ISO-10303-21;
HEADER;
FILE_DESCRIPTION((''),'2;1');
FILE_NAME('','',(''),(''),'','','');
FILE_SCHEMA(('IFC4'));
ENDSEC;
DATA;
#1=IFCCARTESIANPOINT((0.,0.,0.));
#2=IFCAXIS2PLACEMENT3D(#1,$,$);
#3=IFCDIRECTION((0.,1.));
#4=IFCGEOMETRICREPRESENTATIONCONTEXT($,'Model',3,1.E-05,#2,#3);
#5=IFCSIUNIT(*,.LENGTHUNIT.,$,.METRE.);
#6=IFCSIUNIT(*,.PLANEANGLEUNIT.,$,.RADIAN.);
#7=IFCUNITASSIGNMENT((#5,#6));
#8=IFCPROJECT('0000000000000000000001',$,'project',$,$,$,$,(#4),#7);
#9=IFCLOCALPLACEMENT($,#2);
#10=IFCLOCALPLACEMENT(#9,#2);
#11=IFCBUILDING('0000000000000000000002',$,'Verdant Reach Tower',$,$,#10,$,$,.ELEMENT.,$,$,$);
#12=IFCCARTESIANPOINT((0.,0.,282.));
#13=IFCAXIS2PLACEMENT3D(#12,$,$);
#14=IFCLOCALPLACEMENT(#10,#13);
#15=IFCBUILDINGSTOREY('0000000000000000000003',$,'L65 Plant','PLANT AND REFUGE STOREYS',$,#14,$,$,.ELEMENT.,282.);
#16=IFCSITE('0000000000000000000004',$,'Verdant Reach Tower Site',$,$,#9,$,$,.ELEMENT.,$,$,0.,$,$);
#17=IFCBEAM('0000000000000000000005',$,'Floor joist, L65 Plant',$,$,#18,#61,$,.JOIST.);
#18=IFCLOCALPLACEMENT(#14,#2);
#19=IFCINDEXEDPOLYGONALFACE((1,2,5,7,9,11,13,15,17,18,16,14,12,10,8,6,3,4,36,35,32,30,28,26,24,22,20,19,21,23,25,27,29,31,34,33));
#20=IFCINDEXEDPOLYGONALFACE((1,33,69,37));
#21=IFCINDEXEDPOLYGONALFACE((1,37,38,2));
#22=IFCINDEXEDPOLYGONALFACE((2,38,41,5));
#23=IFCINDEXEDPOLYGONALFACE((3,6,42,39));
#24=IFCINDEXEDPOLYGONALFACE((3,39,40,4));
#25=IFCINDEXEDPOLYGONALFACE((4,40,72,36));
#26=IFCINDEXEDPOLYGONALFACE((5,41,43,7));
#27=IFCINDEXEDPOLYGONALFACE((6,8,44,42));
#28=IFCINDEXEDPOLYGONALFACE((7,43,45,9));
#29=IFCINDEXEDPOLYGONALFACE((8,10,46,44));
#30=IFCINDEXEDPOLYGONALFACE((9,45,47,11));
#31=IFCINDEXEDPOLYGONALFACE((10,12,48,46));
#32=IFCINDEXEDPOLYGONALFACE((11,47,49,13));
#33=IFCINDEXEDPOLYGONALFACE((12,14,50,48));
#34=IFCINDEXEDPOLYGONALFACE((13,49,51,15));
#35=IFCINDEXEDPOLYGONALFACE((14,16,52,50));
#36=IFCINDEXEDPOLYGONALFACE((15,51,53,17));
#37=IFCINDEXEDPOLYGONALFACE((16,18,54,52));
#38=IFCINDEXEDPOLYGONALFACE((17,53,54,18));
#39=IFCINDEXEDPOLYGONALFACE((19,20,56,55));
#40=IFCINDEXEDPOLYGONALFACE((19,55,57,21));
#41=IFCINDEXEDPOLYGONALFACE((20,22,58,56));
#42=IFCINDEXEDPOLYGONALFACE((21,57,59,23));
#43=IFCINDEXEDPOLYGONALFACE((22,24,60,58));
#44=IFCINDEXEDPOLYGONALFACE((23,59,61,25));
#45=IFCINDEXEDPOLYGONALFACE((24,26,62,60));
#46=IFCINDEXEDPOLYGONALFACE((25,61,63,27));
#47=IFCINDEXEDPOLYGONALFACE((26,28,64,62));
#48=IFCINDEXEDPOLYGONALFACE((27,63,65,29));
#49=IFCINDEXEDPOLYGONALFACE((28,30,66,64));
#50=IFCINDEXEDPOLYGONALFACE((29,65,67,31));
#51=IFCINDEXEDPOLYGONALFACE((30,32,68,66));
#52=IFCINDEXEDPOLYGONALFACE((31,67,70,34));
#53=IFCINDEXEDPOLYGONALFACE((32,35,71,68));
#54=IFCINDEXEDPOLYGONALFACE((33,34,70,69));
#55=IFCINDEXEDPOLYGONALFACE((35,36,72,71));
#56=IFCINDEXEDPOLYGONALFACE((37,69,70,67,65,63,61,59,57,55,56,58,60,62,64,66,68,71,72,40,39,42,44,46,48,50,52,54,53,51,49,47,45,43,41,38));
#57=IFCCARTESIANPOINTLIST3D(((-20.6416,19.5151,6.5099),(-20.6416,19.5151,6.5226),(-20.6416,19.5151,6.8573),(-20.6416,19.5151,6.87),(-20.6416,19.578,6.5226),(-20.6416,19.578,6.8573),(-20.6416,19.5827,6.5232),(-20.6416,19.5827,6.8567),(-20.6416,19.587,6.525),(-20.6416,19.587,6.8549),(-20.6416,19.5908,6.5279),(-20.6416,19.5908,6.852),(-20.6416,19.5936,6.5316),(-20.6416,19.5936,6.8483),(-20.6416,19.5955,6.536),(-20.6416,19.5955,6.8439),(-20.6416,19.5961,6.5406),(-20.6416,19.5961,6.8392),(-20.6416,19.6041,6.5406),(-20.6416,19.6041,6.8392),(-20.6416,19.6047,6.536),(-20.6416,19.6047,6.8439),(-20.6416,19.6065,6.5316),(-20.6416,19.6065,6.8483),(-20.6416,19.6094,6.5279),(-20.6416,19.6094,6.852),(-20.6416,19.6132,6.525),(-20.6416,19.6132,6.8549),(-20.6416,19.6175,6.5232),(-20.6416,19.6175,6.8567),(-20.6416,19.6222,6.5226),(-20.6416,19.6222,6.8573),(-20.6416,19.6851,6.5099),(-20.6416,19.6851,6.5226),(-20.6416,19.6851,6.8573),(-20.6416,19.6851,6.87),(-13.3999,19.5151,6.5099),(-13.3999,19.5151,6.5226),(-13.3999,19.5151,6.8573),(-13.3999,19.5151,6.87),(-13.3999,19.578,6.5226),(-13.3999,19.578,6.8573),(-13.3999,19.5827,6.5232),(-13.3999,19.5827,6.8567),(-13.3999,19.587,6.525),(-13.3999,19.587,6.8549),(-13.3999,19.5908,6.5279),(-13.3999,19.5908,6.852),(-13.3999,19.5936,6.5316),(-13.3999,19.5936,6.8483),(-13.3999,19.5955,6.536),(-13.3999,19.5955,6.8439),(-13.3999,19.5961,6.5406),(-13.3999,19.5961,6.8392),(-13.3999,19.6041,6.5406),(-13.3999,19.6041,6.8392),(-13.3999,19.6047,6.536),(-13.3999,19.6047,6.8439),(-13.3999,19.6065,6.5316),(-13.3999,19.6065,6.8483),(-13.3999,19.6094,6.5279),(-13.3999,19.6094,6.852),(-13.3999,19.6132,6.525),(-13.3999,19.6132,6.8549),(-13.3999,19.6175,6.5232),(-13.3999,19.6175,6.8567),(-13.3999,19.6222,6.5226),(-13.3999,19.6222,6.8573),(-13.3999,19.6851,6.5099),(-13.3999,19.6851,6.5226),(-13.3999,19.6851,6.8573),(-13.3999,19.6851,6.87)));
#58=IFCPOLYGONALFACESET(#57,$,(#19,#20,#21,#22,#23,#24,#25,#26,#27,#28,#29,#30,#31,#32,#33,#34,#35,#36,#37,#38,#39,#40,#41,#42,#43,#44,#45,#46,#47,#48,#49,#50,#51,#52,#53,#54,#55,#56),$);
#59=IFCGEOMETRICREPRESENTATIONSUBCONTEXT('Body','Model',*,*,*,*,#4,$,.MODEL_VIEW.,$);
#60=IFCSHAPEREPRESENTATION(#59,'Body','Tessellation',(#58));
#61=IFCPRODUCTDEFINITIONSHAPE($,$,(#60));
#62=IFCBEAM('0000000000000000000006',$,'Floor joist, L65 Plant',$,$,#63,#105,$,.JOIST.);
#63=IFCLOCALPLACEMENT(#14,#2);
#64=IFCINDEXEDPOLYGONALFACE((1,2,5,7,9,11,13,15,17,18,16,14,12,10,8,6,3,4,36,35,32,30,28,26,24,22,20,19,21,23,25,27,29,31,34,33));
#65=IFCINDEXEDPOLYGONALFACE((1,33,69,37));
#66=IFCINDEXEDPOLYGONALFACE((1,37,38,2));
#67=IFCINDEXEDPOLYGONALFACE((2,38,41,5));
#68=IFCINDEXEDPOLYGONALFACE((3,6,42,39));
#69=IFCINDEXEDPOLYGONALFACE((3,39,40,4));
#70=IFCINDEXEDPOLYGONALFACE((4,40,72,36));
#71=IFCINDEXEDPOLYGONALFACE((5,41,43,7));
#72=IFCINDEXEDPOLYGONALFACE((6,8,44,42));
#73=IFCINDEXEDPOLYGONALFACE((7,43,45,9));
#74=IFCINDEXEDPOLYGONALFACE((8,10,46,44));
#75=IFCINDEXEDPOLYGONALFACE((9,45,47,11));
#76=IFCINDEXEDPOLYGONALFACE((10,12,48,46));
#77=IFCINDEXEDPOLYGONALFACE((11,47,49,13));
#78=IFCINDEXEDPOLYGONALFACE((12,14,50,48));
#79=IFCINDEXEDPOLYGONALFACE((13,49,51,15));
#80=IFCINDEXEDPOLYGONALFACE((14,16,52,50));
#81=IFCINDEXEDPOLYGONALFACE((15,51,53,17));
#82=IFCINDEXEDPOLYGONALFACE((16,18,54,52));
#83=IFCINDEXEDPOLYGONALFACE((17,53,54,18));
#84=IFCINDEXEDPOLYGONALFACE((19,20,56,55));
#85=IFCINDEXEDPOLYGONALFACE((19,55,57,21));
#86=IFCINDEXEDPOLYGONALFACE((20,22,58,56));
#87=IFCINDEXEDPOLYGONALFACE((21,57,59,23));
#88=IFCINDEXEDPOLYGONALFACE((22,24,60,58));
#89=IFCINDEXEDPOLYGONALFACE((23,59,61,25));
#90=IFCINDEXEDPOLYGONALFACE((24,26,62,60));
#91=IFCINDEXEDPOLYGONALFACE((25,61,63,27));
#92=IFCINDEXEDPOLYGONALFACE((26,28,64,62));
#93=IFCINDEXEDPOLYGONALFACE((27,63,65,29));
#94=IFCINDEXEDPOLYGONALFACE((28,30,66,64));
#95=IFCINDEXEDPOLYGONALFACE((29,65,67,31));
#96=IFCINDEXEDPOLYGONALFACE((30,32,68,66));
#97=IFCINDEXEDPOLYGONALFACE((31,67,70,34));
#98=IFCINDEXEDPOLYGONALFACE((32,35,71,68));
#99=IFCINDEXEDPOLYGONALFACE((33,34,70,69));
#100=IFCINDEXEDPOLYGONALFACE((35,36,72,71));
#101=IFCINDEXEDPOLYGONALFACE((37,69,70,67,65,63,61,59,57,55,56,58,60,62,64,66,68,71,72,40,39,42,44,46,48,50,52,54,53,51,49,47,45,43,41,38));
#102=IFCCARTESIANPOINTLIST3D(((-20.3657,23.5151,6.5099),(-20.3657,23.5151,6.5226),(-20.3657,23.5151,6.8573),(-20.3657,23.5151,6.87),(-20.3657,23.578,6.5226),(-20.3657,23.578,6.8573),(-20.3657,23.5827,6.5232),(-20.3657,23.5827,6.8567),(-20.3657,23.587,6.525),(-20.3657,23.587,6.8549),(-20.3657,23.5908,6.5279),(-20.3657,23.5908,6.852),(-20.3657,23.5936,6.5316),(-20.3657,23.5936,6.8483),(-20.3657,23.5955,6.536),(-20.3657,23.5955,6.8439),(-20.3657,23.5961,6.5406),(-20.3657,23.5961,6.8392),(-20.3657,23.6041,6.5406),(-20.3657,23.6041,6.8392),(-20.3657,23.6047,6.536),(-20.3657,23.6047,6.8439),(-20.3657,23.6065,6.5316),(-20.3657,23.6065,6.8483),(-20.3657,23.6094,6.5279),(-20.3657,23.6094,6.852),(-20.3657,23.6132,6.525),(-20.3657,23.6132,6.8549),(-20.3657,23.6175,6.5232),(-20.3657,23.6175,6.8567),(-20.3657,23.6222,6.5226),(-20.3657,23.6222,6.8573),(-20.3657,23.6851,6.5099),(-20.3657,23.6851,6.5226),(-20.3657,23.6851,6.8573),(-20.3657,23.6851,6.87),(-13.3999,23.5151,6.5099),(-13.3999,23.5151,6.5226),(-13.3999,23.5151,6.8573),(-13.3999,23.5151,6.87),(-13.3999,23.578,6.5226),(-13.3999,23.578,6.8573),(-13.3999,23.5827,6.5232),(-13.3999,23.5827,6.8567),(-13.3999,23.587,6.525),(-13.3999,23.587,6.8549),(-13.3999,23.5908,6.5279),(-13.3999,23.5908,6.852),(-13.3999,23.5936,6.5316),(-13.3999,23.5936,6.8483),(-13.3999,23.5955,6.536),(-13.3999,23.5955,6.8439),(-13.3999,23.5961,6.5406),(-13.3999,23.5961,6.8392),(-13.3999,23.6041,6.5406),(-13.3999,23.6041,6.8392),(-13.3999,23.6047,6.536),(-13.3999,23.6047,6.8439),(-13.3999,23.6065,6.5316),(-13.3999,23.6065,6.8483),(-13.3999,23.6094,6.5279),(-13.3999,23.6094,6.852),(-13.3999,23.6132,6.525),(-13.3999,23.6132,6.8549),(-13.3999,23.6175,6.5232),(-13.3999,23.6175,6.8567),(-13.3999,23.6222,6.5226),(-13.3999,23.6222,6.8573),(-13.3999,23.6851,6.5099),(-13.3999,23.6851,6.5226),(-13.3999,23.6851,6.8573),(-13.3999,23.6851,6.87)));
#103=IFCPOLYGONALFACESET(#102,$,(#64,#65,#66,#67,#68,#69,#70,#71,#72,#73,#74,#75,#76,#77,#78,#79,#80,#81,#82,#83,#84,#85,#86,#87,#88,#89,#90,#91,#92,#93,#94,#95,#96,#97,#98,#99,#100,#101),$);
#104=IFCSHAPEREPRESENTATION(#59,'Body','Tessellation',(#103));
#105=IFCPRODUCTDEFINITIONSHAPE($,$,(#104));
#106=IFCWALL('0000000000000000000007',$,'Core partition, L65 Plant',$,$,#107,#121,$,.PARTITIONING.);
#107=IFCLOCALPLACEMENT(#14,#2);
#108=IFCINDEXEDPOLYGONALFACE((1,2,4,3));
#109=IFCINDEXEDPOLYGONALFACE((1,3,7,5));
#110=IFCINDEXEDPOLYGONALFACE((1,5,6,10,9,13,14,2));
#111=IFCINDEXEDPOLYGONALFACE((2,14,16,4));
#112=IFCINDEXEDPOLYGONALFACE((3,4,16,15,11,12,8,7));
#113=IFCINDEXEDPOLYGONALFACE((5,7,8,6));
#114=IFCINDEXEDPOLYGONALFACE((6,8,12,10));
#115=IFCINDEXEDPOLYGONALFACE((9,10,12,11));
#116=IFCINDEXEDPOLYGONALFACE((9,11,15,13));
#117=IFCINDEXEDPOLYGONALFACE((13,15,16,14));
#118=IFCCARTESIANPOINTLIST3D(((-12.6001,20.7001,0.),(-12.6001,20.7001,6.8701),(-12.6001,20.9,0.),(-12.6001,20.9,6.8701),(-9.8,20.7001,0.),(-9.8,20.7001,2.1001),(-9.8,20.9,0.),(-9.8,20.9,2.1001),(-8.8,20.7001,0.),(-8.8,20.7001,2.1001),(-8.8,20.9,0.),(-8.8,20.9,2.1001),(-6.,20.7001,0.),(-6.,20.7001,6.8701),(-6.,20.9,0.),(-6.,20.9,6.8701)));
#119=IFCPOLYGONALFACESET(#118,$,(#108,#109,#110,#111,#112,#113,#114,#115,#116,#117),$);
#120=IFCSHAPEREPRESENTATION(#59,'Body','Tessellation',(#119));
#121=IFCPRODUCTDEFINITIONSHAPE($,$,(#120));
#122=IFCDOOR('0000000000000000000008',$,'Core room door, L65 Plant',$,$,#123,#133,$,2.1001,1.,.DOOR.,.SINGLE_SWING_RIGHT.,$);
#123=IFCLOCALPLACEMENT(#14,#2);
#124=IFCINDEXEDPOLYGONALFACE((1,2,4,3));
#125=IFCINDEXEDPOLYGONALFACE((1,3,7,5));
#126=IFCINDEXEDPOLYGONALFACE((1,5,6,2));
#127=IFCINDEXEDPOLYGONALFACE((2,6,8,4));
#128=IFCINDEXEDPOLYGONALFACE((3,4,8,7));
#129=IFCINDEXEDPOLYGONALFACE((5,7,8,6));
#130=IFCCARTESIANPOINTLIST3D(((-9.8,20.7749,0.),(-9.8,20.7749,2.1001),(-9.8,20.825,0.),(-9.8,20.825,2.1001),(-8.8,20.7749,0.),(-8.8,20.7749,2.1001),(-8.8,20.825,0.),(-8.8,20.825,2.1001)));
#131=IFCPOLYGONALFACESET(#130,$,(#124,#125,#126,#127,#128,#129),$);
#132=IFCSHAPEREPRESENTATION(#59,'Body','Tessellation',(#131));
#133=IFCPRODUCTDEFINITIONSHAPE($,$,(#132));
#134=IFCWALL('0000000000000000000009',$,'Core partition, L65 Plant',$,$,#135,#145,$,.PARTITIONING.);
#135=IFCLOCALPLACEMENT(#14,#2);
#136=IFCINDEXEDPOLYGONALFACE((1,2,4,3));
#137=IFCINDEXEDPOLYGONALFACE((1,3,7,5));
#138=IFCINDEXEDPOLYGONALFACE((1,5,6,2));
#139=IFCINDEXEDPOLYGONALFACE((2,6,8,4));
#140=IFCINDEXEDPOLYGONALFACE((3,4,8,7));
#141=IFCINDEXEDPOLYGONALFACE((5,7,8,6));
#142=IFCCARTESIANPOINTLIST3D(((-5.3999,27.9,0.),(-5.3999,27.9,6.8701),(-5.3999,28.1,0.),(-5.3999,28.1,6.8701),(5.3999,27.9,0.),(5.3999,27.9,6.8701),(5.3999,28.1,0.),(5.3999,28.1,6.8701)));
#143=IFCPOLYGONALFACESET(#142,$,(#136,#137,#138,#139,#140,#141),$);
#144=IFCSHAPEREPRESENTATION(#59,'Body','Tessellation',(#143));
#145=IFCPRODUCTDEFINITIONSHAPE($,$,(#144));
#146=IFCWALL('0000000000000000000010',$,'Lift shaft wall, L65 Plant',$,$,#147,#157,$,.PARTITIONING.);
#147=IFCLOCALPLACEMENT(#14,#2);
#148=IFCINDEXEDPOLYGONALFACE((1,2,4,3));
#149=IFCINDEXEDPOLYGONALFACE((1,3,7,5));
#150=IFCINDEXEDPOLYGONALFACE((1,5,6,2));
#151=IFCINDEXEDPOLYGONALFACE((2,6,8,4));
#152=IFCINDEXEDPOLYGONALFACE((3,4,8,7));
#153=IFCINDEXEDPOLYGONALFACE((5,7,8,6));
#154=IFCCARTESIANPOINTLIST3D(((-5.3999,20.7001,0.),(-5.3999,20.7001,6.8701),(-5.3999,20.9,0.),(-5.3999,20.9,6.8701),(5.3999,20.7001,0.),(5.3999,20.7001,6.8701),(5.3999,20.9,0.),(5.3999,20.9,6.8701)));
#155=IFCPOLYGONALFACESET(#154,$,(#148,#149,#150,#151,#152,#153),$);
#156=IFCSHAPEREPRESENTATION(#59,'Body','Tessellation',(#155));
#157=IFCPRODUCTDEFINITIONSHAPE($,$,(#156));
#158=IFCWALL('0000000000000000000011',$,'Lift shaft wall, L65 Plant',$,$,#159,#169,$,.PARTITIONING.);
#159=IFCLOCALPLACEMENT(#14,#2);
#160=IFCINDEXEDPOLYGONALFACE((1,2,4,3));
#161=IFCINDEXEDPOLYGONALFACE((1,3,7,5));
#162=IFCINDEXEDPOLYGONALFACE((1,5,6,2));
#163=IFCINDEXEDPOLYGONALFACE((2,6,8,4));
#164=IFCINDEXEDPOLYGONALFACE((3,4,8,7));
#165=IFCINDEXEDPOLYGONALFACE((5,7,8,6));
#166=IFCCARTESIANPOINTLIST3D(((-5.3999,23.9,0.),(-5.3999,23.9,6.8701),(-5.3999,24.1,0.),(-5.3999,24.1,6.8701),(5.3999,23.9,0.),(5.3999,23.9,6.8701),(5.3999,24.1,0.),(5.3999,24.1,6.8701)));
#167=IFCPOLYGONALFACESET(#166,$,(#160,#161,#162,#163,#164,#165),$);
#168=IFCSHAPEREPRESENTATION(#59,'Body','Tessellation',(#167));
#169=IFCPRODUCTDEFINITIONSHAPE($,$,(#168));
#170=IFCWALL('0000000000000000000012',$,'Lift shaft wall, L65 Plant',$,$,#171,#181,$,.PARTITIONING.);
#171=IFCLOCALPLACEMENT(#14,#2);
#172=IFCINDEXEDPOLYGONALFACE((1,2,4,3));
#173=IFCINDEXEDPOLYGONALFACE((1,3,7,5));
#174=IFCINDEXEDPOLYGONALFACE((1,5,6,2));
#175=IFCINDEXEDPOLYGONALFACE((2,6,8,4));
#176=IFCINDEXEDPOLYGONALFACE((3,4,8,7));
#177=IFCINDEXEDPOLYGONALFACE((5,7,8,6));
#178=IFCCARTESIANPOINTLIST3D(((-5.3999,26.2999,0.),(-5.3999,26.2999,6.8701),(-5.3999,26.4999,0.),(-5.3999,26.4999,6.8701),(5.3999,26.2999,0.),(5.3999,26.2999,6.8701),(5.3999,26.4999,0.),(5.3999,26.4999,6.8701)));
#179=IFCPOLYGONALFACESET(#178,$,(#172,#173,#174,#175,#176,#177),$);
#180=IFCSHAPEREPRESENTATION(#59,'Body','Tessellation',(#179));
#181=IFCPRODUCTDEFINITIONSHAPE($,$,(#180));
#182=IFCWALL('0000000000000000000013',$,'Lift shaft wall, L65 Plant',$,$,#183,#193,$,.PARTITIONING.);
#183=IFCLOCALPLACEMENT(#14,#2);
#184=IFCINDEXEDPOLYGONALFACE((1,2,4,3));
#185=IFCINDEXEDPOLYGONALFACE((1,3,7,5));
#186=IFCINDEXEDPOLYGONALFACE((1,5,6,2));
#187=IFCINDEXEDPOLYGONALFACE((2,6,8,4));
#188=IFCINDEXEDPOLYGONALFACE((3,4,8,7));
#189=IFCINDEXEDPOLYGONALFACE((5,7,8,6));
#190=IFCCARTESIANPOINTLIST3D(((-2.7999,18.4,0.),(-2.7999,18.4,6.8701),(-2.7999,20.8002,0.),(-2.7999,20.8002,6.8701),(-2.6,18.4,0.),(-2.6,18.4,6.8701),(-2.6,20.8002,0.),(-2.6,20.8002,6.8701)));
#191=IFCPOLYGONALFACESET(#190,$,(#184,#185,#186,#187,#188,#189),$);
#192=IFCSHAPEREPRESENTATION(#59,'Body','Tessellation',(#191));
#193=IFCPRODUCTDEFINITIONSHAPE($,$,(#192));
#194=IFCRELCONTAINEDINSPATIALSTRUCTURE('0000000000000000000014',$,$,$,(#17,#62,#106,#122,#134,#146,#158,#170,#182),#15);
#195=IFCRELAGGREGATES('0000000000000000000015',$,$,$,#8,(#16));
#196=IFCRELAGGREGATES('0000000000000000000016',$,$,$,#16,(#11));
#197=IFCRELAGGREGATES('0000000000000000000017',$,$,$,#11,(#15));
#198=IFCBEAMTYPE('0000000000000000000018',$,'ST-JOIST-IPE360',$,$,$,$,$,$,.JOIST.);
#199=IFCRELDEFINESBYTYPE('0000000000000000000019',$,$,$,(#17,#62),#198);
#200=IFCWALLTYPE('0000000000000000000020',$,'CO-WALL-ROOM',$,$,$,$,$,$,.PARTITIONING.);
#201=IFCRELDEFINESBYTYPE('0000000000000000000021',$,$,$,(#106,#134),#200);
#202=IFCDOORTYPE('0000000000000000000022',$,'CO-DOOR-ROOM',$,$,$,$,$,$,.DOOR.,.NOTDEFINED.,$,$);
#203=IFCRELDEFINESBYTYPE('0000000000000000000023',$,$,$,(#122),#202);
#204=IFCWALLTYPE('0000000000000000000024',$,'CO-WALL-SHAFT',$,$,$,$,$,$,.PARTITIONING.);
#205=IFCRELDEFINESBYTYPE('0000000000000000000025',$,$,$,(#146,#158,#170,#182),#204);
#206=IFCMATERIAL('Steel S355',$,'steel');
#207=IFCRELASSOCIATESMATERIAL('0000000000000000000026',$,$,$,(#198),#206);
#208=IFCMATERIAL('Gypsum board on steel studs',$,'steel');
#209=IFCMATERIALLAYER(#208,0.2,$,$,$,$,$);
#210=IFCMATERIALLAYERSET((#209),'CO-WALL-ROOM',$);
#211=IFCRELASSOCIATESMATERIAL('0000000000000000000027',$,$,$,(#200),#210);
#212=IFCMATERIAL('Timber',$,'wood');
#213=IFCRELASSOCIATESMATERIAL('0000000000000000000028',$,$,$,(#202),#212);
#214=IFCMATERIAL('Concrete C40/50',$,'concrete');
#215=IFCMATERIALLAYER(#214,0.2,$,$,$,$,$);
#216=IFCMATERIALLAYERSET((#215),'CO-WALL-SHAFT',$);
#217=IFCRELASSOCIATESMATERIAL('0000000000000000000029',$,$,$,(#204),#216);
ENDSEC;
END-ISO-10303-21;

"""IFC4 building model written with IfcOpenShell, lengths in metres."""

from ifc_helpers import new_model, si_unit, direction, frame, frame_2d, origin, origin_2d, place, context, subcontext, project, spatial, rectangle, i_section, extrude, material, layer, layer_set, material_profile, profile_set, type_object, element, fill, save


model = new_model("IFC4")

# Units and contexts
model_context = context("Model", 3, precision=1e-05, world=origin(), true_north=direction((0.0, 1.0)))
body_context = subcontext(model_context, "Body", "Model", "MODEL_VIEW")
ifc_project = project(units=[si_unit("LENGTHUNIT", "METRE"), si_unit("PLANEANGLEUNIT", "RADIAN")], contexts=[model_context])

# Site, building, storey
site_placement = place(None, origin())
site = spatial("IfcSite", under=ifc_project, at=site_placement, Name="Verdant Reach Tower Site", CompositionType="ELEMENT", RefElevation=0.0)
building_placement = place(site_placement, origin())
building = spatial("IfcBuilding", under=site, at=building_placement, Name="Verdant Reach Tower", CompositionType="ELEMENT")
storey_placement = place(building_placement, frame((0.0, 0.0, 282.0)))
storey = spatial("IfcBuildingStorey", under=building, at=storey_placement, Name="L65 Plant", Description="PLANT AND REFUGE STOREYS", CompositionType="ELEMENT", Elevation=282.0)

# Beams
ifc_material_1 = material(Name="Steel S355", Category="steel")
ifc_material_profile = material_profile(ifc_material_1, i_section(OverallWidth=0.1699, OverallDepth=0.3601, WebThickness=0.0081, FlangeThickness=0.0127, FilletRadius=0.0181, at=origin_2d()), Name="IPE 360")
ifc_profile_set = profile_set([ifc_material_profile], Name="Steel S355")
beam_type = type_object("IfcBeamType", Name="ST-JOIST-IPE360", PredefinedType="JOIST", material=ifc_profile_set)
beam_1_placement = place(storey_placement, frame((-13.3999, 19.6001, 6.6899), z_axis=(-1.0, 0.0, 0.0), x_axis=(0.0, -1.0, 0.0)))
element("IfcBeam", 1, at=beam_1_placement, inside=storey, type_object=beam_type, Name="Floor joist, L65 Plant", PredefinedType="JOIST", context=body_context, shape_type="SweptSolid", body=[
    extrude(i_section(OverallWidth=0.1699, OverallDepth=0.3601, WebThickness=0.0081, FlangeThickness=0.0127, FilletRadius=0.0181, at=origin_2d()), origin(), (0.0, 0.0, 1.0), 7.2417),
])
beam_2_placement = place(storey_placement, frame((-13.3999, 23.6001, 6.6899), z_axis=(-1.0, 0.0, 0.0), x_axis=(0.0, -1.0, 0.0)))
element("IfcBeam", 2, at=beam_2_placement, inside=storey, type_object=beam_type, Name="Floor joist, L65 Plant", PredefinedType="JOIST", context=body_context, shape_type="SweptSolid", body=[
    extrude(i_section(OverallWidth=0.1699, OverallDepth=0.3601, WebThickness=0.0081, FlangeThickness=0.0127, FilletRadius=0.0181, at=origin_2d()), origin(), (0.0, 0.0, 1.0), 6.9658),
])

# Wall, opening, door
ifc_material_2 = material(Name="Gypsum board on steel studs", Category="steel")
ifc_layer_1 = layer(ifc_material_2, 0.2)
ifc_layer_set_1 = layer_set([ifc_layer_1], Name="CO-WALL-ROOM")
wall_type_1 = type_object("IfcWallType", Name="CO-WALL-ROOM", PredefinedType="PARTITIONING", material=ifc_layer_set_1)
wall_1_placement = place(storey_placement, frame((-12.6001, 20.8, 0.0), z_axis=(0.0, 0.0, 1.0), x_axis=(1.0, 0.0, 0.0)))
wall_1 = element("IfcWall", 3, at=wall_1_placement, inside=storey, type_object=wall_type_1, Name="Core partition, L65 Plant", PredefinedType="PARTITIONING", context=body_context, shape_type="SweptSolid", body=[
    extrude(rectangle(XDim=6.6001, YDim=0.2, at=frame_2d((3.3, 0.0))), origin(), (0.0, 0.0, 1.0), 6.8701),
])
opening_1_placement = place(wall_1_placement, frame((2.8, 0.0, 0.0)))
opening_1 = element("IfcOpeningElement", 4, at=opening_1_placement, cuts=wall_1, PredefinedType="OPENING", context=body_context, shape_type="SweptSolid", body=[
    extrude(rectangle(XDim=1.0, YDim=2.1001, at=frame_2d((0.5, 1.05))), frame((0.0, 0.1099, 0.0), z_axis=(0.0, -1.0, 0.0), x_axis=(1.0, 0.0, 0.0)), (0.0, 0.0, 1.0), 0.22),
])
ifc_material_3 = material(Name="Timber", Category="wood")
door_type_1 = type_object("IfcDoorType", Name="CO-DOOR-ROOM", OperationType="NOTDEFINED", PredefinedType="DOOR", material=ifc_material_3)
door_1_placement = place(opening_1_placement, origin())
door_1 = element("IfcDoor", 5, at=door_1_placement, inside=storey, type_object=door_type_1, Name="Core room door, L65 Plant", OperationType="SINGLE_SWING_RIGHT", OverallHeight=2.1001, OverallWidth=1.0, PredefinedType="DOOR", context=body_context, shape_type="SweptSolid", body=[
    extrude(rectangle(XDim=1.0, YDim=2.1001, at=frame_2d((0.5, 1.05))), frame((0.0, 0.0249, 0.0), z_axis=(0.0, -1.0, 0.0), x_axis=(1.0, 0.0, 0.0)), (0.0, 0.0, 1.0), 0.05),
])
fill(opening_1, door_1)

# Walls
wall_2_placement = place(storey_placement, frame((-5.3999, 28.0, 0.0), z_axis=(0.0, 0.0, 1.0), x_axis=(1.0, 0.0, 0.0)))
element("IfcWall", 6, at=wall_2_placement, inside=storey, type_object=wall_type_1, Name="Core partition, L65 Plant", PredefinedType="PARTITIONING", context=body_context, shape_type="SweptSolid", body=[
    extrude(rectangle(XDim=10.7998, YDim=0.2, at=frame_2d((5.3999, 0.0))), origin(), (0.0, 0.0, 1.0), 6.8701),
])
ifc_material_4 = material(Name="Concrete C40/50", Category="concrete")
ifc_layer_2 = layer(ifc_material_4, 0.2)
ifc_layer_set_2 = layer_set([ifc_layer_2], Name="CO-WALL-SHAFT")
wall_type_2 = type_object("IfcWallType", Name="CO-WALL-SHAFT", PredefinedType="PARTITIONING", material=ifc_layer_set_2)
for number, where, z_axis, x_axis, name in (
    (7, (-5.3999, 20.8, 0.0), (0.0, 0.0, 1.0), (1.0, 0.0, 0.0), "Lift shaft wall, L65 Plant"),
    (8, (-5.3999, 24.0, 0.0), (0.0, 0.0, 1.0), (1.0, 0.0, 0.0), "Lift shaft wall, L65 Plant"),
    (9, (-5.3999, 26.3999, 0.0), (0.0, 0.0, 1.0), (1.0, 0.0, 0.0), "Lift shaft wall, L65 Plant"),
):
    element("IfcWall", number, at=place(storey_placement, frame(where, z_axis=z_axis, x_axis=x_axis)), inside=storey, type_object=wall_type_2, Name=name, PredefinedType="PARTITIONING", context=body_context, shape_type="SweptSolid", body=[
        extrude(rectangle(XDim=10.7998, YDim=0.2, at=frame_2d((5.3999, 0.0))), origin(), (0.0, 0.0, 1.0), 6.8701),
    ])
wall_3_placement = place(storey_placement, frame((-2.7, 18.3999, 0.0), z_axis=(0.0, 0.0, 1.0), x_axis=(0.0, 1.0, 0.0)))
element("IfcWall", 10, at=wall_3_placement, inside=storey, type_object=wall_type_2, Name="Lift shaft wall, L65 Plant", PredefinedType="PARTITIONING", context=body_context, shape_type="SweptSolid", body=[
    extrude(rectangle(XDim=2.4001, YDim=0.2, at=frame_2d((1.2002, 0.0))), origin(), (0.0, 0.0, 1.0), 6.8701),
])

save(model, "model.ifc")
